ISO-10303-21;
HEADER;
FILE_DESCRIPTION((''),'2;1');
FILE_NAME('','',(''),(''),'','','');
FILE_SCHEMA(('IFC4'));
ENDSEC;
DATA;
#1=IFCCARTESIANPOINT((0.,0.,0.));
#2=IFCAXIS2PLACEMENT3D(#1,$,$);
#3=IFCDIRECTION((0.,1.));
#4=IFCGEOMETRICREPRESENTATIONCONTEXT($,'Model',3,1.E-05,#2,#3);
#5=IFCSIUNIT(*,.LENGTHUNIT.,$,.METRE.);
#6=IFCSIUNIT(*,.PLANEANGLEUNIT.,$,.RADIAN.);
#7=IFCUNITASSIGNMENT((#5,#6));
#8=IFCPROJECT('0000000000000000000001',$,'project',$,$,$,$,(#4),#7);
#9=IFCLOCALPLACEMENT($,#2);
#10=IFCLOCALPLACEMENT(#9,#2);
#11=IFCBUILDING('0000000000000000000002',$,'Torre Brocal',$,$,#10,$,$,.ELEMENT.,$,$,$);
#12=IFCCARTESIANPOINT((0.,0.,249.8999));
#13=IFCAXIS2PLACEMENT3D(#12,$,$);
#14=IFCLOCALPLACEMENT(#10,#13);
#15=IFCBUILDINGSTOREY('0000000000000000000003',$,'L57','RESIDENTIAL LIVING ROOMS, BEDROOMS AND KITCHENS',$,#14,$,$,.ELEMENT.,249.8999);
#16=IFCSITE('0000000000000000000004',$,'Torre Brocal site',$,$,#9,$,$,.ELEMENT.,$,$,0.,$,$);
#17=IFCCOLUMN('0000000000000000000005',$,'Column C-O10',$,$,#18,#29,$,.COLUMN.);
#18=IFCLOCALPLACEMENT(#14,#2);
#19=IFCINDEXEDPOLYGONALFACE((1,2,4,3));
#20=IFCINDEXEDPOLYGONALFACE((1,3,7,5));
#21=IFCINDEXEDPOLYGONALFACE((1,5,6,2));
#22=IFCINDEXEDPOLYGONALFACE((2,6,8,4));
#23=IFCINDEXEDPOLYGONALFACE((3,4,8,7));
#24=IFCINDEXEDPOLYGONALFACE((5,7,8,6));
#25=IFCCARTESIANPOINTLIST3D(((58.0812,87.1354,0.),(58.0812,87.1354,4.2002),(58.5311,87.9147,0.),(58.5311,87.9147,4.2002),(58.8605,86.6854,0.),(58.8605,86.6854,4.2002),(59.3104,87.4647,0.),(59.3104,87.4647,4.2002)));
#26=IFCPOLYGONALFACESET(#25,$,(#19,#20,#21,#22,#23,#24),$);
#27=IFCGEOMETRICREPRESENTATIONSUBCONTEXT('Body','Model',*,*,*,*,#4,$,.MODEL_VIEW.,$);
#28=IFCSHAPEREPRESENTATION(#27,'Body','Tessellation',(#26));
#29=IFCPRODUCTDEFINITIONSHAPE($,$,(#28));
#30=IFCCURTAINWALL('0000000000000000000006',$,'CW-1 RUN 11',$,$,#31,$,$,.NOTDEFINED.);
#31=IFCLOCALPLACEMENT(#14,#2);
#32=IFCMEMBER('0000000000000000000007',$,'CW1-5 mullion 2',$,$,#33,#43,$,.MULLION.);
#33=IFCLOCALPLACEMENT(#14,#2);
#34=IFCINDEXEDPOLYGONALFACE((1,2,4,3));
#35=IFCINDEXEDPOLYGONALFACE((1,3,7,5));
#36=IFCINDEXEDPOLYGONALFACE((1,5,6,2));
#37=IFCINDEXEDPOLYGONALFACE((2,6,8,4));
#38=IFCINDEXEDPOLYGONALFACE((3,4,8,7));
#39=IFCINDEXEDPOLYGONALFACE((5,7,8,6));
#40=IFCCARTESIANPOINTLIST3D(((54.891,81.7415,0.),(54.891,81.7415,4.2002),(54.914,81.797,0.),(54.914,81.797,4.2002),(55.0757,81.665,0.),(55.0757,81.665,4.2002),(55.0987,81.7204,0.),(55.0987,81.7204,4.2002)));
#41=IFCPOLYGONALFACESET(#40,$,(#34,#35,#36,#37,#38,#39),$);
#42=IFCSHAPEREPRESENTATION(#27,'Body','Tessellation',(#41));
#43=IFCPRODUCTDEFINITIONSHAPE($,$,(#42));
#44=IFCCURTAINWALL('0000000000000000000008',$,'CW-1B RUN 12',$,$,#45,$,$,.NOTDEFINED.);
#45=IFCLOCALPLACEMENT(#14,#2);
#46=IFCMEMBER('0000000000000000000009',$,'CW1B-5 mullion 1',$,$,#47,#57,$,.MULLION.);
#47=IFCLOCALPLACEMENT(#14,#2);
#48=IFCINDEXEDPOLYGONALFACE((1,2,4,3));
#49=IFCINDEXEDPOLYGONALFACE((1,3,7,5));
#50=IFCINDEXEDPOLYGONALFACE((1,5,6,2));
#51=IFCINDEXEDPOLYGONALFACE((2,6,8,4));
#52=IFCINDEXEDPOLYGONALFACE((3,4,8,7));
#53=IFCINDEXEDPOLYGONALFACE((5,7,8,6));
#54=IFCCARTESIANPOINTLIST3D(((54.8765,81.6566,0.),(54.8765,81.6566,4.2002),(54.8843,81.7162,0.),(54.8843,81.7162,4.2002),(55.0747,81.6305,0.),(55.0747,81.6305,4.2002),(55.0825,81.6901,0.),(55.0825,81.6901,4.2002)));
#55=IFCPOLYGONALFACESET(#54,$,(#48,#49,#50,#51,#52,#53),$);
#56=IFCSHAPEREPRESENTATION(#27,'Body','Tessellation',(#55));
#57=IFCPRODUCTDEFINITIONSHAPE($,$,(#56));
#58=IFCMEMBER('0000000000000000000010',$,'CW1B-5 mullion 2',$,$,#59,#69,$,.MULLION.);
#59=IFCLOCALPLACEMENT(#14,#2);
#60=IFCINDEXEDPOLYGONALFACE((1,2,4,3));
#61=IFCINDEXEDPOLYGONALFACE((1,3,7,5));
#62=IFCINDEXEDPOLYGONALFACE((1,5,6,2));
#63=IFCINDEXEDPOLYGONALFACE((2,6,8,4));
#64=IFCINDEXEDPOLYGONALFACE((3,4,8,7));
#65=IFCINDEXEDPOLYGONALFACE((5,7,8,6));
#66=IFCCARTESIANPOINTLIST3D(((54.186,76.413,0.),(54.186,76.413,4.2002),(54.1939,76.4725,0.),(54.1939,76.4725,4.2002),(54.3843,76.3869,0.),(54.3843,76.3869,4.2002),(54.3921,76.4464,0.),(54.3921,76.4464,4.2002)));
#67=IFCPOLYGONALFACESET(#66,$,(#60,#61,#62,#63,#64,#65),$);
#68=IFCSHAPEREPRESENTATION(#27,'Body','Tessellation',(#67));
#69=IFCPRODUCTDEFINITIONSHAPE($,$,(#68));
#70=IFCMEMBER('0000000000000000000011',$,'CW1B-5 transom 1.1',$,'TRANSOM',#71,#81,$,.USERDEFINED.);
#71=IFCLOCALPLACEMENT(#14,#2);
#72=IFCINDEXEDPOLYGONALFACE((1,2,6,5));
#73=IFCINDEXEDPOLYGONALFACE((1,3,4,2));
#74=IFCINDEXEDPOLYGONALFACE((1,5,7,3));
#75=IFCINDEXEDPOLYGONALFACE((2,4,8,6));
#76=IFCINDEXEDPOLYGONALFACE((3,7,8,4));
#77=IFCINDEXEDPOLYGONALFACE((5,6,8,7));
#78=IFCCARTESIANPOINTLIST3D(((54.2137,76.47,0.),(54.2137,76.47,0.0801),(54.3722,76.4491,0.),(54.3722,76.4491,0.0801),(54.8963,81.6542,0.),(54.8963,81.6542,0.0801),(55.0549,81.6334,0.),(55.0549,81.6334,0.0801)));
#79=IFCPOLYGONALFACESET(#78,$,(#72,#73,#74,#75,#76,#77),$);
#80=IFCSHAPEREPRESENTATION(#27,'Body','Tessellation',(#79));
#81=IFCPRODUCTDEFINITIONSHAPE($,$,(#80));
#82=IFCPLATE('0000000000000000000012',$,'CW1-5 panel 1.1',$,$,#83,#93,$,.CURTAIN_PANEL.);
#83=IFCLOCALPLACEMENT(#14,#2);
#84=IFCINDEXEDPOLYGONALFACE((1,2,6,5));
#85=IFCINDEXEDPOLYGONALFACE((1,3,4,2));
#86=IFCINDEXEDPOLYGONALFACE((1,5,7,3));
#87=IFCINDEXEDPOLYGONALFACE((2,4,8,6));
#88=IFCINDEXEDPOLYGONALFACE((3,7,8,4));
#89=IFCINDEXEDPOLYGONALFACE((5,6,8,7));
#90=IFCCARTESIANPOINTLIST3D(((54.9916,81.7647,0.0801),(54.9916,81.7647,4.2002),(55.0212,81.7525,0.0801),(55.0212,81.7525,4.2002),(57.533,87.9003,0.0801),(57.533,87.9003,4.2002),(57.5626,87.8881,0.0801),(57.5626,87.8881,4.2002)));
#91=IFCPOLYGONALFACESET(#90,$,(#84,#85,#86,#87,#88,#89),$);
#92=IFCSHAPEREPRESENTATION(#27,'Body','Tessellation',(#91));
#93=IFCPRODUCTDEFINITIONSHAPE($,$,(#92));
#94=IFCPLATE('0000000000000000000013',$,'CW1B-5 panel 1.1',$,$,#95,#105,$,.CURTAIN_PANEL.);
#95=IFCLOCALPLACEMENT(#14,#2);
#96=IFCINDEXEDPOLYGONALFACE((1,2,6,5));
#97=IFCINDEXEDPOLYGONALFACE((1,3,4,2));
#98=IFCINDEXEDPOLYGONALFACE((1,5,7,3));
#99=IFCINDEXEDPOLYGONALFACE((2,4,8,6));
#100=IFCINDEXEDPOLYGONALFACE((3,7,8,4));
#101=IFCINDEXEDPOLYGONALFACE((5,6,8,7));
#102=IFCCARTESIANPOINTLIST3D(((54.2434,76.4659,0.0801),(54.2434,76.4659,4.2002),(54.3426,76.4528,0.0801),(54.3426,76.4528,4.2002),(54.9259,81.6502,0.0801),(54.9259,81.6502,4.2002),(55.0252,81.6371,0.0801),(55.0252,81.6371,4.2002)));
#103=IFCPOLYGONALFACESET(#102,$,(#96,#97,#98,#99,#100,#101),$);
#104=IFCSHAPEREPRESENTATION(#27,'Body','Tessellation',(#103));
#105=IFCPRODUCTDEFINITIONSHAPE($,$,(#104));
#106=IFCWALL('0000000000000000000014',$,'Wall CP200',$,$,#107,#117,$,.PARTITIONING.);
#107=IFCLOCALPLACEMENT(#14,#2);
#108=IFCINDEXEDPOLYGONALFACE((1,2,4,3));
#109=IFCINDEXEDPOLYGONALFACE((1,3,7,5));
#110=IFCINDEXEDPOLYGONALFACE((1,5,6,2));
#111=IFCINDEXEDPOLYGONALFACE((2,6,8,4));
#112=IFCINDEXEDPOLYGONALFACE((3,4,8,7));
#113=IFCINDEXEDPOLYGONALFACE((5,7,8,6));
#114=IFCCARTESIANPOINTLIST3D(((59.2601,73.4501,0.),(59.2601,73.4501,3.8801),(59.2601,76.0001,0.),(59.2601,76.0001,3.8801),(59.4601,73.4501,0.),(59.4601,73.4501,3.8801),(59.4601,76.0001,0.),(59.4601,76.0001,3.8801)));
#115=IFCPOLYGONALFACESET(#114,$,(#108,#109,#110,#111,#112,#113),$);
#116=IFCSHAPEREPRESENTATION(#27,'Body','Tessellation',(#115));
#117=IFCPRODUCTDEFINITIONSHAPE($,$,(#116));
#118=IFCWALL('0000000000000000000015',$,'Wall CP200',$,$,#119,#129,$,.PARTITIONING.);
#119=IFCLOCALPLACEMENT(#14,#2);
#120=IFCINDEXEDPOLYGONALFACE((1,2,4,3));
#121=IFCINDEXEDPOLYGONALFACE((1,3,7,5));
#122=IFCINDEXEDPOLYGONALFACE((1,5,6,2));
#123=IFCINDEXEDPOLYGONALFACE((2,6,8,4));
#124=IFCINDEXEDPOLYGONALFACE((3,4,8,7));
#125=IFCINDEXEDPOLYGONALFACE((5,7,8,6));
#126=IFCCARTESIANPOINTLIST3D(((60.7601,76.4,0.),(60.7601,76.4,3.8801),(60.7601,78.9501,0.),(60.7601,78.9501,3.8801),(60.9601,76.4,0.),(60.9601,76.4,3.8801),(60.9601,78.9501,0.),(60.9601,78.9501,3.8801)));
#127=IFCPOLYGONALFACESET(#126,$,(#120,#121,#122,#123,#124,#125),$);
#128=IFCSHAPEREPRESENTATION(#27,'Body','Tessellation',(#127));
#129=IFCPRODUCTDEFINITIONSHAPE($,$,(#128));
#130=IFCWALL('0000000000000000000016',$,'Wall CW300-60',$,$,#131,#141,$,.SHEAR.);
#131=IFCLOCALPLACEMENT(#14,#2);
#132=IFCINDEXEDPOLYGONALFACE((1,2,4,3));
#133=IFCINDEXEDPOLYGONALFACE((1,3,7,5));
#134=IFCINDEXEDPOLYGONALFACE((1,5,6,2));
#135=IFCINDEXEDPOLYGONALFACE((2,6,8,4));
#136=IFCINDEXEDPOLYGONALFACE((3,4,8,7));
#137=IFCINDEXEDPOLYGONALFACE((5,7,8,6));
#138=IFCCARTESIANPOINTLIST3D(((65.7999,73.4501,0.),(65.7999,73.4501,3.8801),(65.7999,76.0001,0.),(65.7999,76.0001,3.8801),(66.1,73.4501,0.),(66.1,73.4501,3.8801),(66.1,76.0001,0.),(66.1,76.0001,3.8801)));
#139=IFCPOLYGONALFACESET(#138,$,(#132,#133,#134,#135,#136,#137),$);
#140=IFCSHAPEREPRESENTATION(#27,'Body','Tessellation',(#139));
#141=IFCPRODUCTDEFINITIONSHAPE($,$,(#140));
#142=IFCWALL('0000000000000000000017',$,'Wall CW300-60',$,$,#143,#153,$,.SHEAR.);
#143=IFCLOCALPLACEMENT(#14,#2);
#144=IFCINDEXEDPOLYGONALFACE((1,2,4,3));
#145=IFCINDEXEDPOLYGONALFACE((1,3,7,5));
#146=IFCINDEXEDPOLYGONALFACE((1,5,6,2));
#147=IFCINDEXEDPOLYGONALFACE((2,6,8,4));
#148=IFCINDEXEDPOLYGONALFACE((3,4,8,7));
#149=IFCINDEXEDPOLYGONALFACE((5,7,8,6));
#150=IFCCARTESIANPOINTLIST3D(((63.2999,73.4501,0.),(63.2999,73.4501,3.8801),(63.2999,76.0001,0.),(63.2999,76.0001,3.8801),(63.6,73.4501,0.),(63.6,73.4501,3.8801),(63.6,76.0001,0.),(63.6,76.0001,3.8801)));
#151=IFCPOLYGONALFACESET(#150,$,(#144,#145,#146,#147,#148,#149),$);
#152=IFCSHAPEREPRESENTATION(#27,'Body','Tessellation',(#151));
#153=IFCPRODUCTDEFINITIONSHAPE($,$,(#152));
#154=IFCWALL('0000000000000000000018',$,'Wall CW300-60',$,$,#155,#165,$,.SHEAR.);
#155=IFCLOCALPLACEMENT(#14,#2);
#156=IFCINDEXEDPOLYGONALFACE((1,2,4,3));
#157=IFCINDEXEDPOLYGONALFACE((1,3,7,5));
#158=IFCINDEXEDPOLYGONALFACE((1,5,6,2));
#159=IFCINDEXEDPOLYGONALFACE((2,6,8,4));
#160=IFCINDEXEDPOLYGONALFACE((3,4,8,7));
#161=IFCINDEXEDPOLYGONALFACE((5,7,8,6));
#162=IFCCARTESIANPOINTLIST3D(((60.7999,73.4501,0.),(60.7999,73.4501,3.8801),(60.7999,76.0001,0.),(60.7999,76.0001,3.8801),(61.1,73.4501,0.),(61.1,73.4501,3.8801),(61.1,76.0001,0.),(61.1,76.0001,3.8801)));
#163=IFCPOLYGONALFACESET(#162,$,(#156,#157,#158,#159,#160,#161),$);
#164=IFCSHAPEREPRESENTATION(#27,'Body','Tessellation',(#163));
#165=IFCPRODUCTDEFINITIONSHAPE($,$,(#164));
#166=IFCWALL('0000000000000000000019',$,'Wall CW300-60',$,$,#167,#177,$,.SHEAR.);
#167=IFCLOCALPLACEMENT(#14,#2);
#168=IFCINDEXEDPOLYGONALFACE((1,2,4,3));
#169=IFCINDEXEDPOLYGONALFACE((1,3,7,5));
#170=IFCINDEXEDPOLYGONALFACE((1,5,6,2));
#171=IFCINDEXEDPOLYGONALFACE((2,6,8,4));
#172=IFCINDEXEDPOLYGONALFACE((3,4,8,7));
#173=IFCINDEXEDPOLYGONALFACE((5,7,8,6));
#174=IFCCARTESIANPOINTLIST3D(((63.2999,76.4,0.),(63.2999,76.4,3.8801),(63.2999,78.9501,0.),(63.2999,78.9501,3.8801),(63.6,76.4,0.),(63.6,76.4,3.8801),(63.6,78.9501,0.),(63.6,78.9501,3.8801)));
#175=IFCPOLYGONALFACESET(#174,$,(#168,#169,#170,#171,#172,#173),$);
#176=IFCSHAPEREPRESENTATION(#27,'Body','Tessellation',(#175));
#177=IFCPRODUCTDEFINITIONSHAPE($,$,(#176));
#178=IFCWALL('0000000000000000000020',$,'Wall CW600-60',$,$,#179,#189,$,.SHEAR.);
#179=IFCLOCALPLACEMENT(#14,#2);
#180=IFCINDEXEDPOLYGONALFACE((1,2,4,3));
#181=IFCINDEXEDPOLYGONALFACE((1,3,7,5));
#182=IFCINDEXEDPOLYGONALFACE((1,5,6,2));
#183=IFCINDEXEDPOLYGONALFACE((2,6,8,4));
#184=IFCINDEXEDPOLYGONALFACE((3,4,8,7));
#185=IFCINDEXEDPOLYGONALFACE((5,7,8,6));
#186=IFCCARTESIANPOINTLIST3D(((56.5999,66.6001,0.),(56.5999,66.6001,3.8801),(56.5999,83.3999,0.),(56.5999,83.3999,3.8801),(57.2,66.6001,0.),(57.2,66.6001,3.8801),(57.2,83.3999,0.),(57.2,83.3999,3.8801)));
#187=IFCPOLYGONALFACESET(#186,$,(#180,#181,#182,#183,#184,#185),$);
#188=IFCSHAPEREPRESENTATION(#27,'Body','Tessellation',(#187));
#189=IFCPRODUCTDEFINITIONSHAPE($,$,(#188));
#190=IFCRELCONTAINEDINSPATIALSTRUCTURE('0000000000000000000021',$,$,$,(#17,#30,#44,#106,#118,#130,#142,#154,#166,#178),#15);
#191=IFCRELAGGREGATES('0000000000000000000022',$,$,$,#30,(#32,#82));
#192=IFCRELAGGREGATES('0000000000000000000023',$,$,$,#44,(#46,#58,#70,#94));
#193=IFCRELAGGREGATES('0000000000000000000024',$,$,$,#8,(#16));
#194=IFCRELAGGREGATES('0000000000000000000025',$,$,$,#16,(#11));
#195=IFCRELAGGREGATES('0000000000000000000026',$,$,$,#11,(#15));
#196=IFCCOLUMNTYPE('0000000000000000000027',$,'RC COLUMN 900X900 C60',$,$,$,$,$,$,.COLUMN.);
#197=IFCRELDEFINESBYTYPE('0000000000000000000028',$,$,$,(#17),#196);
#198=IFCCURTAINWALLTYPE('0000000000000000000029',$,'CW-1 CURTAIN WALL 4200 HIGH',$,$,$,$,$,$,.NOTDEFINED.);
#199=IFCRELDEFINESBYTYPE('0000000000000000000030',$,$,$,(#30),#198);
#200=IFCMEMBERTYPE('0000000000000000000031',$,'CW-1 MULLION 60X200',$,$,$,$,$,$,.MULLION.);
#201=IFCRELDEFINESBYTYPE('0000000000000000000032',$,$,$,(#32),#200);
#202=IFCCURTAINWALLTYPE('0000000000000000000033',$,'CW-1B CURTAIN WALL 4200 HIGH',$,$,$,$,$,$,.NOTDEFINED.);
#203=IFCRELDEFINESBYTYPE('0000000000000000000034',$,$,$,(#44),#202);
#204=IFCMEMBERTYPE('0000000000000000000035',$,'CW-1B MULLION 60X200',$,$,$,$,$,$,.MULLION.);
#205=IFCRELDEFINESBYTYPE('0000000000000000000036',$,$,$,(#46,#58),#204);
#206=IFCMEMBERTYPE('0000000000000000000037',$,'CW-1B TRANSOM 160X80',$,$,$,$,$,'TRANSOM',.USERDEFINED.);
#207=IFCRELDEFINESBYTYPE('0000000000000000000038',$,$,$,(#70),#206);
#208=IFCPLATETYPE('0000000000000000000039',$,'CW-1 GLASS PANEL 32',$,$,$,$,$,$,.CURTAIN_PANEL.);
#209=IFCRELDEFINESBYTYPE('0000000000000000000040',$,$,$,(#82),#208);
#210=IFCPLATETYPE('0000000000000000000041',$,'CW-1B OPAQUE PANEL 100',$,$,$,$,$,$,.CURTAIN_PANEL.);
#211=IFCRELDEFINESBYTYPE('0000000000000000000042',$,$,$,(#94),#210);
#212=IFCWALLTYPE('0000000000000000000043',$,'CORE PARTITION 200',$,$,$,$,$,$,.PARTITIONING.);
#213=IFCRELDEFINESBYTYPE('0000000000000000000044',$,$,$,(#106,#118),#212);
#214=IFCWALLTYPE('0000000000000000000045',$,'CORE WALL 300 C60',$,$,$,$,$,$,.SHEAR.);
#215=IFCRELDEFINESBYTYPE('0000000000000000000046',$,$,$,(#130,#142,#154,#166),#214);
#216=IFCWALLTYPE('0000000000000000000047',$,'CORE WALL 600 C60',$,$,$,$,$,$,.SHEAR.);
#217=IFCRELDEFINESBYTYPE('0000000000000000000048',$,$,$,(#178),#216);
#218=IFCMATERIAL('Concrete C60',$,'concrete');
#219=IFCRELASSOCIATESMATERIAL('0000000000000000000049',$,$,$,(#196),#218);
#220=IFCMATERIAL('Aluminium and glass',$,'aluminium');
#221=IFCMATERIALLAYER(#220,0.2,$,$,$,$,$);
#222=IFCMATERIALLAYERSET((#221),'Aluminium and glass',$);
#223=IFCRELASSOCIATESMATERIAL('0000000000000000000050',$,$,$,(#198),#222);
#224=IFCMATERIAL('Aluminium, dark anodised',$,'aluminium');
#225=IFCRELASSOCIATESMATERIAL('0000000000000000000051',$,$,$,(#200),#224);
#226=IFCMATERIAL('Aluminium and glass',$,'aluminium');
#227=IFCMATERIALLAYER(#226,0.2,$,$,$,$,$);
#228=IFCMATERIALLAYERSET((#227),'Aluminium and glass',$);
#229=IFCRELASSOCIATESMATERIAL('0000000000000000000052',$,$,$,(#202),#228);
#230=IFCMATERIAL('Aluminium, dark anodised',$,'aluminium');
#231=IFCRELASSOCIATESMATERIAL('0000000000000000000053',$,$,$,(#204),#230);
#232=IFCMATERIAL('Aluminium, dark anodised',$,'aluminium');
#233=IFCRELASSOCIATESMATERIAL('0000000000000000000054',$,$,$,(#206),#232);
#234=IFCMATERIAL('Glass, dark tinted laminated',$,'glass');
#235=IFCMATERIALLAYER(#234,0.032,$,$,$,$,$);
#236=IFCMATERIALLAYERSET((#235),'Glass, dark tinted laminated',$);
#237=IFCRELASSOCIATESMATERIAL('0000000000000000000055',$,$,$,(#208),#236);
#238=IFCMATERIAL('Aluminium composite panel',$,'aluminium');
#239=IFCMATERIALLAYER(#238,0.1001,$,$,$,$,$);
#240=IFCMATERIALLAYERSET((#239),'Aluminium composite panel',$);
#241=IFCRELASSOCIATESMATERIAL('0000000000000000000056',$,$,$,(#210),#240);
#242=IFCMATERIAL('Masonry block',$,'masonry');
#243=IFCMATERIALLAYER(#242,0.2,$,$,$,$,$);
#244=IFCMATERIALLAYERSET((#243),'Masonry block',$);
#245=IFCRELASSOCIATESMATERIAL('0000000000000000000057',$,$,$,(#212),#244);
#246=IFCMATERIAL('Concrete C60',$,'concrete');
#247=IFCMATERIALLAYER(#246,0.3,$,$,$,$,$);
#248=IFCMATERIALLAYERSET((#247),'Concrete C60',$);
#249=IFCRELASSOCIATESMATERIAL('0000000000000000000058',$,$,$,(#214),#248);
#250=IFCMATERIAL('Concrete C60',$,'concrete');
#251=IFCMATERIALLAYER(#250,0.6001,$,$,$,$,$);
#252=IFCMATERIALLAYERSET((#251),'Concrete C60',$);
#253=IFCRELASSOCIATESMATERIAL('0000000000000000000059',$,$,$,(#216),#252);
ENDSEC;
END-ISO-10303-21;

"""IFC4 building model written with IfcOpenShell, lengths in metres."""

from ifc_helpers import new_model, si_unit, direction, frame, frame_2d, origin, origin_2d, place, context, subcontext, project, spatial, rectangle, extrude, material, layer, layer_set, material_profile, profile_set, type_object, element, aggregate, save


model = new_model("IFC4")

# Units and contexts
model_context = context("Model", 3, precision=1e-05, world=origin(), true_north=direction((0.0, 1.0)))
body_context = subcontext(model_context, "Body", "Model", "MODEL_VIEW")
ifc_project = project(units=[si_unit("LENGTHUNIT", "METRE"), si_unit("PLANEANGLEUNIT", "RADIAN")], contexts=[model_context])

# Site, building, storey
site_placement = place(None, origin())
site = spatial("IfcSite", under=ifc_project, at=site_placement, Name="Torre Brocal site", CompositionType="ELEMENT", RefElevation=0.0)
building_placement = place(site_placement, origin())
building = spatial("IfcBuilding", under=site, at=building_placement, Name="Torre Brocal", CompositionType="ELEMENT")
storey_placement = place(building_placement, frame((0.0, 0.0, 249.8999)))
storey = spatial("IfcBuildingStorey", under=building, at=storey_placement, Name="L57", Description="RESIDENTIAL LIVING ROOMS, BEDROOMS AND KITCHENS", CompositionType="ELEMENT", Elevation=249.8999)

# Column
ifc_material_1 = material(Name="Concrete C60", Category="concrete")
ifc_material_profile_1 = material_profile(ifc_material_1, rectangle(XDim=0.8999, YDim=0.8999, at=origin_2d()), Name="RC 900X900")
ifc_profile_set_1 = profile_set([ifc_material_profile_1], Name="Concrete C60")
column_type = type_object("IfcColumnType", Name="RC COLUMN 900X900 C60", PredefinedType="COLUMN", material=ifc_profile_set_1)
column_placement = place(storey_placement, frame((58.6958, 87.3, 0.0), z_axis=(0.0, 0.0, 1.0), x_axis=(-0.866025, 0.5, 0.0)))
element("IfcColumn", 1, at=column_placement, inside=storey, type_object=column_type, Name="Column C-O10", PredefinedType="COLUMN", context=body_context, shape_type="SweptSolid", body=[
    extrude(rectangle(XDim=0.8999, YDim=0.8999, at=origin_2d()), origin(), (0.0, 0.0, 1.0), 4.2002),
])

# Curtain wall, member
ifc_material_2 = material(Name="Aluminium and glass", Category="aluminium")
ifc_layer_1 = layer(ifc_material_2, 0.2)
ifc_layer_set_1 = layer_set([ifc_layer_1], Name="Aluminium and glass")
curtain_wall_type_1 = type_object("IfcCurtainWallType", Name="CW-1 CURTAIN WALL 4200 HIGH", PredefinedType="NOTDEFINED", material=ifc_layer_set_1)
curtain_wall_1_placement = place(storey_placement, origin())
curtain_wall_1 = element("IfcCurtainWall", 2, at=curtain_wall_1_placement, inside=storey, type_object=curtain_wall_type_1, Name="CW-1 RUN 11", PredefinedType="NOTDEFINED")
ifc_material_3 = material(Name="Aluminium, dark anodised", Category="aluminium")
ifc_material_profile_2 = material_profile(ifc_material_3, rectangle(XDim=0.2, YDim=0.0601, at=origin_2d()), Name="CW-1 MULLION 60X200")
ifc_profile_set_2 = profile_set([ifc_material_profile_2], Name="Aluminium, dark anodised")
member_type_1 = type_object("IfcMemberType", Name="CW-1 MULLION 60X200", PredefinedType="MULLION", material=ifc_profile_set_2)
member_1_placement = place(storey_placement, frame((54.9949, 81.731, 0.0), z_axis=(0.0, 0.0, 1.0), x_axis=(0.92388, -0.382683, 0.0)))
member_1 = element("IfcMember", 3, at=member_1_placement, type_object=member_type_1, Name="CW1-5 mullion 2", PredefinedType="MULLION", context=body_context, shape_type="SweptSolid", body=[
    extrude(rectangle(XDim=0.2, YDim=0.0601, at=origin_2d()), origin(), (0.0, 0.0, 1.0), 4.2002),
])

# Curtain wall, members
ifc_material_4 = material(Name="Aluminium and glass", Category="aluminium")
ifc_layer_2 = layer(ifc_material_4, 0.2)
ifc_layer_set_2 = layer_set([ifc_layer_2], Name="Aluminium and glass")
curtain_wall_type_2 = type_object("IfcCurtainWallType", Name="CW-1B CURTAIN WALL 4200 HIGH", PredefinedType="NOTDEFINED", material=ifc_layer_set_2)
curtain_wall_2_placement = place(storey_placement, origin())
curtain_wall_2 = element("IfcCurtainWall", 4, at=curtain_wall_2_placement, inside=storey, type_object=curtain_wall_type_2, Name="CW-1B RUN 12", PredefinedType="NOTDEFINED")
ifc_material_5 = material(Name="Aluminium, dark anodised", Category="aluminium")
ifc_material_profile_3 = material_profile(ifc_material_5, rectangle(XDim=0.2, YDim=0.0601, at=origin_2d()), Name="CW-1B MULLION 60X200")
ifc_profile_set_3 = profile_set([ifc_material_profile_3], Name="Aluminium, dark anodised")
member_type_2 = type_object("IfcMemberType", Name="CW-1B MULLION 60X200", PredefinedType="MULLION", material=ifc_profile_set_3)
member_2_placement = place(storey_placement, frame((54.9795, 81.6733, 0.0), z_axis=(0.0, 0.0, 1.0), x_axis=(0.991445, -0.130526, 0.0)))
member_2 = element("IfcMember", 5, at=member_2_placement, type_object=member_type_2, Name="CW1B-5 mullion 1", PredefinedType="MULLION", context=body_context, shape_type="SweptSolid", body=[
    extrude(rectangle(XDim=0.2, YDim=0.0601, at=origin_2d()), origin(), (0.0, 0.0, 1.0), 4.2002),
])
member_3_placement = place(storey_placement, frame((54.2891, 76.4297, 0.0), z_axis=(0.0, 0.0, 1.0), x_axis=(0.991445, -0.130526, 0.0)))
member_3 = element("IfcMember", 6, at=member_3_placement, type_object=member_type_2, Name="CW1B-5 mullion 2", PredefinedType="MULLION", context=body_context, shape_type="SweptSolid", body=[
    extrude(rectangle(XDim=0.2, YDim=0.0601, at=origin_2d()), origin(), (0.0, 0.0, 1.0), 4.2002),
])
ifc_material_6 = material(Name="Aluminium, dark anodised", Category="aluminium")
ifc_material_profile_4 = material_profile(ifc_material_6, rectangle(XDim=0.1599, YDim=0.0801, at=origin_2d()), Name="CW-1B TRANSOM 160X80")
ifc_profile_set_4 = profile_set([ifc_material_profile_4], Name="Aluminium, dark anodised")
member_type_3 = type_object("IfcMemberType", Name="CW-1B TRANSOM 160X80", ElementType="TRANSOM", PredefinedType="USERDEFINED", material=ifc_profile_set_4)
member_4_placement = place(storey_placement, frame((54.9756, 81.6438, 0.04), z_axis=(-0.130543, -0.991443, 0.0), x_axis=(0.991443, -0.130543, 0.0)))
member_4 = element("IfcMember", 7, at=member_4_placement, type_object=member_type_3, Name="CW1B-5 transom 1.1", ObjectType="TRANSOM", PredefinedType="USERDEFINED", context=body_context, shape_type="SweptSolid", body=[
    extrude(rectangle(XDim=0.1599, YDim=0.0801, at=origin_2d()), origin(), (0.0, 0.0, 1.0), 5.229),
])

# Plates
ifc_material_7 = material(Name="Glass, dark tinted laminated", Category="glass")
ifc_layer_3 = layer(ifc_material_7, 0.032)
ifc_layer_set_3 = layer_set([ifc_layer_3], Name="Glass, dark tinted laminated")
plate_type_1 = type_object("IfcPlateType", Name="CW-1 GLASS PANEL 32", PredefinedType="CURTAIN_PANEL", material=ifc_layer_set_3)
plate_1_placement = place(storey_placement, frame((56.2771, 84.8264, 0.0801), z_axis=(0.0, 0.0, 1.0), x_axis=(-0.382683, -0.92388, 0.0)))
plate_1 = element("IfcPlate", 8, at=plate_1_placement, type_object=plate_type_1, Name="CW1-5 panel 1.1", PredefinedType="CURTAIN_PANEL", context=body_context, shape_type="SweptSolid", body=[
    extrude(rectangle(XDim=6.6411, YDim=0.032, at=origin_2d()), origin(), (0.0, 0.0, 1.0), 4.1201),
])
aggregate(curtain_wall_1, [member_1, plate_1])
ifc_material_8 = material(Name="Aluminium composite panel", Category="aluminium")
ifc_layer_4 = layer(ifc_material_8, 0.1001)
ifc_layer_set_4 = layer_set([ifc_layer_4], Name="Aluminium composite panel")
plate_type_2 = type_object("IfcPlateType", Name="CW-1B OPAQUE PANEL 100", PredefinedType="CURTAIN_PANEL", material=ifc_layer_set_4)
plate_2_placement = place(storey_placement, frame((54.6343, 79.0515, 0.0801), z_axis=(0.0, 0.0, 1.0), x_axis=(-0.130526, -0.991445, 0.0)))
plate_2 = element("IfcPlate", 9, at=plate_2_placement, type_object=plate_type_2, Name="CW1B-5 panel 1.1", PredefinedType="CURTAIN_PANEL", context=body_context, shape_type="SweptSolid", body=[
    extrude(rectangle(XDim=5.229, YDim=0.1001, at=origin_2d()), origin(), (0.0, 0.0, 1.0), 4.1201),
])
aggregate(curtain_wall_2, [member_2, member_3, member_4, plate_2])

# Walls
ifc_material_9 = material(Name="Masonry block", Category="masonry")
ifc_layer_5 = layer(ifc_material_9, 0.2)
ifc_layer_set_5 = layer_set([ifc_layer_5], Name="Masonry block")
wall_type_1 = type_object("IfcWallType", Name="CORE PARTITION 200", PredefinedType="PARTITIONING", material=ifc_layer_set_5)
for number, where, z_axis, x_axis, name in (
    (10, (59.3601, 76.0, 0.0), (0.0, 0.0, 1.0), (0.0, -1.0, 0.0), "Wall CP200"),
    (11, (60.8601, 78.95, 0.0), (0.0, 0.0, 1.0), (0.0, -1.0, 0.0), "Wall CP200"),
):
    element("IfcWall", number, at=place(storey_placement, frame(where, z_axis=z_axis, x_axis=x_axis)), inside=storey, type_object=wall_type_1, Name=name, PredefinedType="PARTITIONING", context=body_context, shape_type="SweptSolid", body=[
        extrude(rectangle(XDim=2.55, YDim=0.2, at=frame_2d((1.2749, 0.0))), origin(), (0.0, 0.0, 1.0), 3.8801),
    ])
ifc_material_10 = material(Name="Concrete C60", Category="concrete")
ifc_layer_6 = layer(ifc_material_10, 0.3)
ifc_layer_set_6 = layer_set([ifc_layer_6], Name="Concrete C60")
wall_type_2 = type_object("IfcWallType", Name="CORE WALL 300 C60", PredefinedType="SHEAR", material=ifc_layer_set_6)
for number, where, z_axis, x_axis, name in (
    (12, (65.95, 76.0, 0.0), (0.0, 0.0, 1.0), (0.0, -1.0, 0.0), "Wall CW300-60"),
    (13, (63.45, 76.0, 0.0), (0.0, 0.0, 1.0), (0.0, -1.0, 0.0), "Wall CW300-60"),
    (14, (60.95, 76.0, 0.0), (0.0, 0.0, 1.0), (0.0, -1.0, 0.0), "Wall CW300-60"),
    (15, (63.45, 78.95, 0.0), (0.0, 0.0, 1.0), (0.0, -1.0, 0.0), "Wall CW300-60"),
):
    element("IfcWall", number, at=place(storey_placement, frame(where, z_axis=z_axis, x_axis=x_axis)), inside=storey, type_object=wall_type_2, Name=name, PredefinedType="SHEAR", context=body_context, shape_type="SweptSolid", body=[
        extrude(rectangle(XDim=2.55, YDim=0.3, at=frame_2d((1.2749, 0.0))), origin(), (0.0, 0.0, 1.0), 3.8801),
    ])
ifc_material_11 = material(Name="Concrete C60", Category="concrete")
ifc_layer_7 = layer(ifc_material_11, 0.6001)
ifc_layer_set_7 = layer_set([ifc_layer_7], Name="Concrete C60")
wall_type_3 = type_object("IfcWallType", Name="CORE WALL 600 C60", PredefinedType="SHEAR", material=ifc_layer_set_7)
wall_1_placement = place(storey_placement, frame((56.8999, 83.3999, 0.0), z_axis=(0.0, 0.0, 1.0), x_axis=(0.0, -1.0, 0.0)))
element("IfcWall", 16, at=wall_1_placement, inside=storey, type_object=wall_type_3, Name="Wall CW600-60", PredefinedType="SHEAR", context=body_context, shape_type="SweptSolid", body=[
    extrude(rectangle(XDim=16.7998, YDim=0.6001, at=frame_2d((8.3999, 0.0))), origin(), (0.0, 0.0, 1.0), 3.8801),
])

save(model, "model.ifc")
